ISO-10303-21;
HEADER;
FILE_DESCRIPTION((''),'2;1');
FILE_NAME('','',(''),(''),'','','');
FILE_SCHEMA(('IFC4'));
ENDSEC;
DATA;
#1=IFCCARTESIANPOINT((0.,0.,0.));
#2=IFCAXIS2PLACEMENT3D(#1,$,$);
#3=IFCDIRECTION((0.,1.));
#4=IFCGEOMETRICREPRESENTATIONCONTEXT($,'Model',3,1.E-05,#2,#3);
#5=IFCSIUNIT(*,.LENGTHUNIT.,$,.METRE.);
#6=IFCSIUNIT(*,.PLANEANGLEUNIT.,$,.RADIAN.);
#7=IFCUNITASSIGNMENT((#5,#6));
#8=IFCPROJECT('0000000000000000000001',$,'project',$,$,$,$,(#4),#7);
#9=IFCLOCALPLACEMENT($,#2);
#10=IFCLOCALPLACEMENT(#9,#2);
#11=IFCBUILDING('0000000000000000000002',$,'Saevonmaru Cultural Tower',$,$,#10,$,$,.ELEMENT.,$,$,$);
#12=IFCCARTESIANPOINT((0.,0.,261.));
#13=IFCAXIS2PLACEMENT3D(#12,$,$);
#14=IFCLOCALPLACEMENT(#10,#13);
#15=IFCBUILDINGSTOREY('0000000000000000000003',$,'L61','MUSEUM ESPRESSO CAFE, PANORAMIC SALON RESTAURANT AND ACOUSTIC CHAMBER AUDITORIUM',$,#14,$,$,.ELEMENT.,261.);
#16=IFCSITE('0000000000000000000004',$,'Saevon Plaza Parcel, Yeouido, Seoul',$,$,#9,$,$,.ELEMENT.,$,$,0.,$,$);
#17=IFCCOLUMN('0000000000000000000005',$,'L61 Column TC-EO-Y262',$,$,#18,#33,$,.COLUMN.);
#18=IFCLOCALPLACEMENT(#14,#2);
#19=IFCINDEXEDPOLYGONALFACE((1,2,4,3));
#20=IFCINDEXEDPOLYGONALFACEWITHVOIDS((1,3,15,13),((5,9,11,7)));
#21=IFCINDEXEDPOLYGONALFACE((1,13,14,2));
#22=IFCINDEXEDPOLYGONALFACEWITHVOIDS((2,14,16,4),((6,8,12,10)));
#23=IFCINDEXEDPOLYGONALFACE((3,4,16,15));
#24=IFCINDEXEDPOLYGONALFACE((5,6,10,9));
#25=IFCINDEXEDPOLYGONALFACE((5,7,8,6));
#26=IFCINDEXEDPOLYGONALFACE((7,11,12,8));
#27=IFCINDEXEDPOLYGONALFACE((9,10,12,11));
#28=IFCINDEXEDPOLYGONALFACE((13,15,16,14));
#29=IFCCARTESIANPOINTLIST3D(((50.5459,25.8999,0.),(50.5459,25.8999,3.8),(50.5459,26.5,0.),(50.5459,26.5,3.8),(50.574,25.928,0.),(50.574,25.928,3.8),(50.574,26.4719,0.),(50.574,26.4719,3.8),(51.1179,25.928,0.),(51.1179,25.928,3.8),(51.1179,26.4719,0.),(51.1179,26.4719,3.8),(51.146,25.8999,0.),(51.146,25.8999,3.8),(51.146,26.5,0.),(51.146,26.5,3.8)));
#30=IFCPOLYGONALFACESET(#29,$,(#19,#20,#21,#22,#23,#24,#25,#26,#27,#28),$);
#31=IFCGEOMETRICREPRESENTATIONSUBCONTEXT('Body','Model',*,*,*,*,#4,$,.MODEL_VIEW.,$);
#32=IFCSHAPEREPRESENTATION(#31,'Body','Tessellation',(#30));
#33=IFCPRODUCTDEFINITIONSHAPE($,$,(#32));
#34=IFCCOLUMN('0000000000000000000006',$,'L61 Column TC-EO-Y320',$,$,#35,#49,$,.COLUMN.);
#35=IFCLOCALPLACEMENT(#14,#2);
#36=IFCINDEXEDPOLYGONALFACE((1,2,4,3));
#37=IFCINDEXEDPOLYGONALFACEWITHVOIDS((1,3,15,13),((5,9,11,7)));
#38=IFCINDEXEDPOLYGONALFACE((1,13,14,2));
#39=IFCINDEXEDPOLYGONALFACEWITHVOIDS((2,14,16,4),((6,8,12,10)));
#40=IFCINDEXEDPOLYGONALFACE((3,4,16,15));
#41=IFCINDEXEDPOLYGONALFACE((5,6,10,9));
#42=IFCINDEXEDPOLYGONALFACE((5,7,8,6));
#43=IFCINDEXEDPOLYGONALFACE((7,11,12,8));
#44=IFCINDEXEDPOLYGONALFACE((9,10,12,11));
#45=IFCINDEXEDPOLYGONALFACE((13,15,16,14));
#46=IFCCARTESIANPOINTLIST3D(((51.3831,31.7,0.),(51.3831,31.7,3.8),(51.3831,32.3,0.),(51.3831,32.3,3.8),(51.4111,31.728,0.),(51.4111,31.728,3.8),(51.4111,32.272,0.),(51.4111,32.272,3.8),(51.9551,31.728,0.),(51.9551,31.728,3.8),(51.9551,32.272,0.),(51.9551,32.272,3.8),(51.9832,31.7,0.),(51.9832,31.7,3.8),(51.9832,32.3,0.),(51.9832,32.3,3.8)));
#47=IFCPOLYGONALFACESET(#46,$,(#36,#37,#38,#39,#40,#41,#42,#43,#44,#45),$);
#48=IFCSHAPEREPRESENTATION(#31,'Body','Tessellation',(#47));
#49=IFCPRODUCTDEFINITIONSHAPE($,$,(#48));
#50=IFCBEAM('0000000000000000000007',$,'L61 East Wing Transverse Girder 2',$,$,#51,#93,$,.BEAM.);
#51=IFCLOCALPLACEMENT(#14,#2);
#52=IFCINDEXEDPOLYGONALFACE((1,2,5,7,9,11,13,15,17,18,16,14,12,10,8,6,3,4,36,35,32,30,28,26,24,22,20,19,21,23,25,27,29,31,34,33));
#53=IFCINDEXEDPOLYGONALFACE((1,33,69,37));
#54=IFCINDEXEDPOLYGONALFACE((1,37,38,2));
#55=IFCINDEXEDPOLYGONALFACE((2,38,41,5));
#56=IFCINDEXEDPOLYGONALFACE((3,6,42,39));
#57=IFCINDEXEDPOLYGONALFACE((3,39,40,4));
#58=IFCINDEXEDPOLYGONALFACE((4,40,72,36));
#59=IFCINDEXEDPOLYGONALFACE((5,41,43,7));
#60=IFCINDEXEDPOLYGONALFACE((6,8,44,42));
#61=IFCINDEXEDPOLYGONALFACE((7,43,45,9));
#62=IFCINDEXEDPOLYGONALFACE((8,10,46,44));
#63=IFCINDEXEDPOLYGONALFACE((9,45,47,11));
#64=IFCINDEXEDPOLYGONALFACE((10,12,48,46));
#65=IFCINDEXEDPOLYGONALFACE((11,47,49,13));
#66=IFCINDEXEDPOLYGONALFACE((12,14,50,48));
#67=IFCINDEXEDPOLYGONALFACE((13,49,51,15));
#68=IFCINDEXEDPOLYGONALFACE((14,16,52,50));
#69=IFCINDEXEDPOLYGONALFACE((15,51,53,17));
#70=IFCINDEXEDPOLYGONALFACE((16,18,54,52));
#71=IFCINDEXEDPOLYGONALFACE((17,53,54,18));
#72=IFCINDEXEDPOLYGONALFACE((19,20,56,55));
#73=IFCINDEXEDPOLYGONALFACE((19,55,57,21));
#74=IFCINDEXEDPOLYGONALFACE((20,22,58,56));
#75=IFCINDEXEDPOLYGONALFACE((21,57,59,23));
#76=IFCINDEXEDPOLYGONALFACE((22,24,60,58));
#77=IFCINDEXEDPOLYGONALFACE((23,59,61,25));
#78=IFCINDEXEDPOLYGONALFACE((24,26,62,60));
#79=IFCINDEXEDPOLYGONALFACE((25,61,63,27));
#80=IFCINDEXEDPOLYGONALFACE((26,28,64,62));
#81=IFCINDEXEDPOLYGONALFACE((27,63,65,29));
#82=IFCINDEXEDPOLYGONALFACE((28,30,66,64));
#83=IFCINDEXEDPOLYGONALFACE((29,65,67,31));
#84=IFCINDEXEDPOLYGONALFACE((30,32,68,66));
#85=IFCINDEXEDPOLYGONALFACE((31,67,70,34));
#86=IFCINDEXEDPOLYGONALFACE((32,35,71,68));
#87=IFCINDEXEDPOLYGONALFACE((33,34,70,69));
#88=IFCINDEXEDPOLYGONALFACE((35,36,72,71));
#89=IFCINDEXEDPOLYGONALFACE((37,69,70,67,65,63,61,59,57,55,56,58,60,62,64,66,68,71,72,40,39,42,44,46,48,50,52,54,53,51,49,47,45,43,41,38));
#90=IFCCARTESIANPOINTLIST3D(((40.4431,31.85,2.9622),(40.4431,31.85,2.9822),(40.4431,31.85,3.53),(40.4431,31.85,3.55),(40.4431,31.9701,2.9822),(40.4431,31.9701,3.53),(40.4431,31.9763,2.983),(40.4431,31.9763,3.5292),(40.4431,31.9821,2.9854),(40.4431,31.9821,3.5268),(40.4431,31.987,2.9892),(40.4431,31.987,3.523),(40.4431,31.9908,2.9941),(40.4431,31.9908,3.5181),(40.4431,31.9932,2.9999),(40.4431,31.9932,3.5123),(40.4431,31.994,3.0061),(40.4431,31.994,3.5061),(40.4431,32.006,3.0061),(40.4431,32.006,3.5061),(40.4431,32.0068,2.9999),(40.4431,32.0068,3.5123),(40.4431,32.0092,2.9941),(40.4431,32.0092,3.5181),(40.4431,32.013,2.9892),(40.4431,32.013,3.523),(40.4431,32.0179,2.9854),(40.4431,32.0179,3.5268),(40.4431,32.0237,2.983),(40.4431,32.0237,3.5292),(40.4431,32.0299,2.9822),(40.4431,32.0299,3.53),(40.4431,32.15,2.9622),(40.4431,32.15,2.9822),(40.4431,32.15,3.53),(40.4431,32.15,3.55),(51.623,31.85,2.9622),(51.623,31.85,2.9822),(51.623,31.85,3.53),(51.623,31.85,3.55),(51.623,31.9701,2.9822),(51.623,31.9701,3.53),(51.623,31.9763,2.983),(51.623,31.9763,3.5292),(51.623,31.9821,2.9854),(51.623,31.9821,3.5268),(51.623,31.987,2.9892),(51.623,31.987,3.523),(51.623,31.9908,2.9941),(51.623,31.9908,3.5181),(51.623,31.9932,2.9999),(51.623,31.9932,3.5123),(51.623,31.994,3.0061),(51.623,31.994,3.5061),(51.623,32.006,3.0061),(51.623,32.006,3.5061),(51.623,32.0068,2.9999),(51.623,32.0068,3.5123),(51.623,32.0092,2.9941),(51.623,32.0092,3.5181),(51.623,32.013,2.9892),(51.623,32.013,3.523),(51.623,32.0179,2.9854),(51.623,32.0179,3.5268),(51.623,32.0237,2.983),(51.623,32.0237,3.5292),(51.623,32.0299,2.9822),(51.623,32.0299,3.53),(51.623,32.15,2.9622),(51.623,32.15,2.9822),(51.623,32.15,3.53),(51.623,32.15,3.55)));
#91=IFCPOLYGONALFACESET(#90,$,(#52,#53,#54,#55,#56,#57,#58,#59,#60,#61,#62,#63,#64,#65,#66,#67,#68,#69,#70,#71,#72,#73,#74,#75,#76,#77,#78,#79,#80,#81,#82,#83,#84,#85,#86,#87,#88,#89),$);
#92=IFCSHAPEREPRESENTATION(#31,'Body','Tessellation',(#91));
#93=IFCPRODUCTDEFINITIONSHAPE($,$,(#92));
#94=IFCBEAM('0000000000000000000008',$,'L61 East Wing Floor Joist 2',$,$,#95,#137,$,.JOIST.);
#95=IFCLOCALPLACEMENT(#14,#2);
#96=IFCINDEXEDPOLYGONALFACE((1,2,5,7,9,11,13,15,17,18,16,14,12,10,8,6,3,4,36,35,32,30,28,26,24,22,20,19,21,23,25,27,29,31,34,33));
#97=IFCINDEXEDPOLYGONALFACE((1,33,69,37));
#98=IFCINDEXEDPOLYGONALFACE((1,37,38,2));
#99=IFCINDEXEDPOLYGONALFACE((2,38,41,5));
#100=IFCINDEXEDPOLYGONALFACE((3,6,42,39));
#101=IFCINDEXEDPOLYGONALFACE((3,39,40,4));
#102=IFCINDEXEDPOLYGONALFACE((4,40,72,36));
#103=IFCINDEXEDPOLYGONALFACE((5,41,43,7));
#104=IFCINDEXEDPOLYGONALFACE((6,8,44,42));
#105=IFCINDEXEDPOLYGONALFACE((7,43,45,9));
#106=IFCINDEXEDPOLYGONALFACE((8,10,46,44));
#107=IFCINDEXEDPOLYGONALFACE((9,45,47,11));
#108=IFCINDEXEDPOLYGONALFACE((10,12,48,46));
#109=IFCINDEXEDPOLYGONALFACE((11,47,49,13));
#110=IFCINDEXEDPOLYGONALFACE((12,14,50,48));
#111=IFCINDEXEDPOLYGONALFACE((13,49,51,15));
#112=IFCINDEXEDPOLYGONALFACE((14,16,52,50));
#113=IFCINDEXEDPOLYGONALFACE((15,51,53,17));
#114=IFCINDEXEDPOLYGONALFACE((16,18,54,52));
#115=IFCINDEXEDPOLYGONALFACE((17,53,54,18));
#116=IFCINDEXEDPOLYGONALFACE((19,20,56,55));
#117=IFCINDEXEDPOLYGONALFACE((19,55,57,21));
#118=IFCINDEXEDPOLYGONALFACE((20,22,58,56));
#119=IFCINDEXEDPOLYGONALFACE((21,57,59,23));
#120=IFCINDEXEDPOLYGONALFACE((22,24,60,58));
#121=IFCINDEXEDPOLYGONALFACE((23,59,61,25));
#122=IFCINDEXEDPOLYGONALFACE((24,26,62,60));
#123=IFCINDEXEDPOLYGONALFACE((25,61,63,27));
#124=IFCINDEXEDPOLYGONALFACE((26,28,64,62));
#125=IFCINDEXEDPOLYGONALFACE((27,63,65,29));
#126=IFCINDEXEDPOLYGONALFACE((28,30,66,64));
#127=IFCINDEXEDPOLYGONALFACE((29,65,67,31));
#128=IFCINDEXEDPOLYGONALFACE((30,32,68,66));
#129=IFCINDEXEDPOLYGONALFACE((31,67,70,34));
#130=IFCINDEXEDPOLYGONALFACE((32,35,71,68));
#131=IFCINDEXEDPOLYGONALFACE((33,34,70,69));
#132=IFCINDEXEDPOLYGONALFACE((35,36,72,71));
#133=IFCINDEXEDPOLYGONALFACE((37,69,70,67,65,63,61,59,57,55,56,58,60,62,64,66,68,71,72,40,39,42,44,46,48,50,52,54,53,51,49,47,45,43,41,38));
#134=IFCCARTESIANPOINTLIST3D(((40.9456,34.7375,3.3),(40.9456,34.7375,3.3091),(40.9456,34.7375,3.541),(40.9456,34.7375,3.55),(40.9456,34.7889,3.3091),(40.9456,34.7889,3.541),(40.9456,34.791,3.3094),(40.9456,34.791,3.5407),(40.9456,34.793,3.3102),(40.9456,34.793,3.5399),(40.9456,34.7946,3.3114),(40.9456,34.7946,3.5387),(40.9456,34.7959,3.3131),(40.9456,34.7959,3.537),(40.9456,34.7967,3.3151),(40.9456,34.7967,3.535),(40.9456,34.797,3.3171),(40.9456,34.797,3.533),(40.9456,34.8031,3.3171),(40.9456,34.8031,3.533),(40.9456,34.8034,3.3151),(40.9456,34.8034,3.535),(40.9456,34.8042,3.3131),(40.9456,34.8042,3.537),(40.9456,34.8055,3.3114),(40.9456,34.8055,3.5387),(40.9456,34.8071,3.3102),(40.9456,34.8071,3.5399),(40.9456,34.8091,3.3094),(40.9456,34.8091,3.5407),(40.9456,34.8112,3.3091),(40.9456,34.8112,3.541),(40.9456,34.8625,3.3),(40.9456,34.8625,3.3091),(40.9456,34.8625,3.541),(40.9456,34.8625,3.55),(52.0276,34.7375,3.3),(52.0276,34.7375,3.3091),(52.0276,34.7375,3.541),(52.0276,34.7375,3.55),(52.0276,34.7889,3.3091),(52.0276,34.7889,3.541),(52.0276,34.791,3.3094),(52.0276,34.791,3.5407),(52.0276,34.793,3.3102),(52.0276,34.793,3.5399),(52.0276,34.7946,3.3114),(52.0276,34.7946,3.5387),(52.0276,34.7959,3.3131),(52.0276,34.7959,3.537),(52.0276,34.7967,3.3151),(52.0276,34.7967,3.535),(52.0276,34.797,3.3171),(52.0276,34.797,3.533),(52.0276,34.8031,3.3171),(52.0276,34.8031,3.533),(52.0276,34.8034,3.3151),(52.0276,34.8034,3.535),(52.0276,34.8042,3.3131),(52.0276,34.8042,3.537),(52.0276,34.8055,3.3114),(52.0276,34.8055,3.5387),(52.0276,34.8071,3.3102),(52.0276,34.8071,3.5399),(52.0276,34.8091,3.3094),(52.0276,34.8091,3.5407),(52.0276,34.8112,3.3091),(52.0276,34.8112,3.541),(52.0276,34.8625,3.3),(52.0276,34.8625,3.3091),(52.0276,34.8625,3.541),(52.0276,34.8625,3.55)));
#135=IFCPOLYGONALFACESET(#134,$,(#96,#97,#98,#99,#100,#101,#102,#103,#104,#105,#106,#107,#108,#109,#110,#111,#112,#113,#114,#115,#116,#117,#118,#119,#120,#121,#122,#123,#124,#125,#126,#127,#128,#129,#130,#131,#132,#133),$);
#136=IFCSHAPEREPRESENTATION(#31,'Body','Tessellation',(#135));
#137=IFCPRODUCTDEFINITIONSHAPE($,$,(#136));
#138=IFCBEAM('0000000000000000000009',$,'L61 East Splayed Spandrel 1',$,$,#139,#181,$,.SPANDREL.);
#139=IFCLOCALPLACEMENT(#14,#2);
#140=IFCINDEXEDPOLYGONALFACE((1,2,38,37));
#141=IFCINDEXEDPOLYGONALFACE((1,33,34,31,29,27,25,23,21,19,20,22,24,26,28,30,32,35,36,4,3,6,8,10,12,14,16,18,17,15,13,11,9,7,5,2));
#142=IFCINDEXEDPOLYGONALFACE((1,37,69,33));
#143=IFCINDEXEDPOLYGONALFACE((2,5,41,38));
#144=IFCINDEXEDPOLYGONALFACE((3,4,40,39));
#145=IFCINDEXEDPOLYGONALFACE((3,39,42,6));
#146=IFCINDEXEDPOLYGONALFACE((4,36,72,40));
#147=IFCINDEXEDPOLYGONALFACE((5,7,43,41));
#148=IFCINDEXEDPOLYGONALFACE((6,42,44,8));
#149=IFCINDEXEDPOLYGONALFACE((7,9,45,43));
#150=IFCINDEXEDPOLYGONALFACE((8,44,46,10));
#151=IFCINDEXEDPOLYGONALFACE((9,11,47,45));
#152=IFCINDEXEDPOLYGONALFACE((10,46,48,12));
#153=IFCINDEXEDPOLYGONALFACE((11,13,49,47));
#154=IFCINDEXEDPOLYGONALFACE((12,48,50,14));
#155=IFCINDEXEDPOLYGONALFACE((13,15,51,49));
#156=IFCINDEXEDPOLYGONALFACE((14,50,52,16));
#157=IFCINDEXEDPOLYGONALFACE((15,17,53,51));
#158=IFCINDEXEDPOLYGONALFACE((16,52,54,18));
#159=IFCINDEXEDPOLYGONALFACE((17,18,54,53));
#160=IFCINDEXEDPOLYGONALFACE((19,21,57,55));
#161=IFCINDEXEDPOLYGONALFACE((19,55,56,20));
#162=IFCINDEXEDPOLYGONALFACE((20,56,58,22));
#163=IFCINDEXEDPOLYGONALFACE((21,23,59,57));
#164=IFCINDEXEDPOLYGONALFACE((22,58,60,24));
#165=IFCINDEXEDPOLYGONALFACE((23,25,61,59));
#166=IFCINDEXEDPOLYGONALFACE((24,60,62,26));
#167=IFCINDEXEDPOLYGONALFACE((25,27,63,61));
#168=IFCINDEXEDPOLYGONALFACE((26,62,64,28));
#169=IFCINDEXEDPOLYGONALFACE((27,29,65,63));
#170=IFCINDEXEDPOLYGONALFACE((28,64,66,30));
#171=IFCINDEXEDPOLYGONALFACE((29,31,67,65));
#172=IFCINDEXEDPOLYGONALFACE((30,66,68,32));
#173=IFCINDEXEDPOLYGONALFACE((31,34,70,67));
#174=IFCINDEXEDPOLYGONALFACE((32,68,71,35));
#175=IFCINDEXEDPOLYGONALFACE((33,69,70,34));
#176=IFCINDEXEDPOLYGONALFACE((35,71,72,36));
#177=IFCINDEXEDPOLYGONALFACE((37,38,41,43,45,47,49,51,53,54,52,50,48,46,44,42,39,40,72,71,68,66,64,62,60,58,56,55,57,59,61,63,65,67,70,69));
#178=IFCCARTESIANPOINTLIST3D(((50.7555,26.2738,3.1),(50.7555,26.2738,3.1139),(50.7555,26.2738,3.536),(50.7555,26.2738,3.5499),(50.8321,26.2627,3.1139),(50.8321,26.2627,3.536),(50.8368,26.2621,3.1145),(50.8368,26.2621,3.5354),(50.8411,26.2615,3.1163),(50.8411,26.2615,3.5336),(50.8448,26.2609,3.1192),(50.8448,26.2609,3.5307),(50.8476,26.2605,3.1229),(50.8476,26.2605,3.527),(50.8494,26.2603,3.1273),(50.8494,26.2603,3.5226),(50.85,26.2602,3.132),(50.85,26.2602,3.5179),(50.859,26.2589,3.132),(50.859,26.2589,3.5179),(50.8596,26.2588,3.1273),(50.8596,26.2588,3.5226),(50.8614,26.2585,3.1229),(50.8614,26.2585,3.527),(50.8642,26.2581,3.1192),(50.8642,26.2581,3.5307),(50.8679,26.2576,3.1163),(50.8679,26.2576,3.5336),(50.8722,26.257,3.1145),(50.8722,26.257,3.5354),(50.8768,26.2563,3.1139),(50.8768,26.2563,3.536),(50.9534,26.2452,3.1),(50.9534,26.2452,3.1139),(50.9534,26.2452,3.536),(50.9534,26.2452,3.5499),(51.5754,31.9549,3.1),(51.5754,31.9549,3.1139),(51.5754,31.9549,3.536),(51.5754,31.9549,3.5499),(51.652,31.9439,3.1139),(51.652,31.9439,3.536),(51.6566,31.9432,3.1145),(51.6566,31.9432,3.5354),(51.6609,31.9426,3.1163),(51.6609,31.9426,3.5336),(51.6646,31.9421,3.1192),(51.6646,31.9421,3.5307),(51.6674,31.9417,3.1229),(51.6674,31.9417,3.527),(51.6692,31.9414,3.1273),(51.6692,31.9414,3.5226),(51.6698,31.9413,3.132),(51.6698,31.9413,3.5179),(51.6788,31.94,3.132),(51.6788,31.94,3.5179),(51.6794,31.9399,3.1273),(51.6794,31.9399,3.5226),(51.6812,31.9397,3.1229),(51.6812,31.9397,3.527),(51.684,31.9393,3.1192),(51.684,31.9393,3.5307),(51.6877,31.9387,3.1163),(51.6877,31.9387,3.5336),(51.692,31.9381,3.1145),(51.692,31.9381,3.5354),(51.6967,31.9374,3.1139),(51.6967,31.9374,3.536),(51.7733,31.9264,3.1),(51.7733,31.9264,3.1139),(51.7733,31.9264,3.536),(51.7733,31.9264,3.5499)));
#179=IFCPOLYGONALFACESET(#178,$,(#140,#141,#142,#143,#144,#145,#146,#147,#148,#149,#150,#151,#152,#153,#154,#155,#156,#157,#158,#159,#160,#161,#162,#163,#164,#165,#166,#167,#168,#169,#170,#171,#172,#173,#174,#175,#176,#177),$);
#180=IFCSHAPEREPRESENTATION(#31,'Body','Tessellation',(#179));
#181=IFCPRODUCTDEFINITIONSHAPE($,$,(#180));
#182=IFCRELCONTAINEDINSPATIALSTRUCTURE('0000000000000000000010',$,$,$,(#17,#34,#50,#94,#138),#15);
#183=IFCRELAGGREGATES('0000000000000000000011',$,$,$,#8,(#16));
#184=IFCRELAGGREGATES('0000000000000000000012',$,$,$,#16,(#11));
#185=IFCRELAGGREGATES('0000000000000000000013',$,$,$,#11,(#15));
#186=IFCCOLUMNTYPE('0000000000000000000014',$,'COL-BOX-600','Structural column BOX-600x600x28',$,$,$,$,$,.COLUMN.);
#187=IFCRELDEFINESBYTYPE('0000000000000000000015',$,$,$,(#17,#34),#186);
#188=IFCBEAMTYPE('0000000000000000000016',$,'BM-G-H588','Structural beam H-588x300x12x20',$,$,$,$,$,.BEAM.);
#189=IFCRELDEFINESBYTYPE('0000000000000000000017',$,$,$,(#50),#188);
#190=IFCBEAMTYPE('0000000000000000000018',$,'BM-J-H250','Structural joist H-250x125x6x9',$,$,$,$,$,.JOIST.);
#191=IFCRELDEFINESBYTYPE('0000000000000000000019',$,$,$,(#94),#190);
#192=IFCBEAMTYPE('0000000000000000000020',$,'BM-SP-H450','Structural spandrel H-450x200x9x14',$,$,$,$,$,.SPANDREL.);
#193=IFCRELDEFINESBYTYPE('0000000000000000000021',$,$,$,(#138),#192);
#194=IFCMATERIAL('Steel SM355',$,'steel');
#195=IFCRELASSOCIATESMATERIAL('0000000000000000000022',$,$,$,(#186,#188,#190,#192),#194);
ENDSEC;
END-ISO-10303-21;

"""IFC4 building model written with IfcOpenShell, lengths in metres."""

from ifc_helpers import new_model, si_unit, direction, frame, origin, origin_2d, place, context, subcontext, project, spatial, hollow_rectangle, i_section, extrude, material, material_profile, profile_set, type_object, element, save


model = new_model("IFC4")

# Units and contexts
model_context = context("Model", 3, precision=1e-05, world=origin(), true_north=direction((0.0, 1.0)))
body_context = subcontext(model_context, "Body", "Model", "MODEL_VIEW")
ifc_project = project(units=[si_unit("LENGTHUNIT", "METRE"), si_unit("PLANEANGLEUNIT", "RADIAN")], contexts=[model_context])

# Site, building, storey
site_placement = place(None, origin())
site = spatial("IfcSite", under=ifc_project, at=site_placement, Name="Saevon Plaza Parcel, Yeouido, Seoul", CompositionType="ELEMENT", RefElevation=0.0)
building_placement = place(site_placement, origin())
building = spatial("IfcBuilding", under=site, at=building_placement, Name="Saevonmaru Cultural Tower", CompositionType="ELEMENT")
storey_placement = place(building_placement, frame((0.0, 0.0, 261.0)))
storey = spatial("IfcBuildingStorey", under=building, at=storey_placement, Name="L61", Description="MUSEUM ESPRESSO CAFE, PANORAMIC SALON RESTAURANT AND ACOUSTIC CHAMBER AUDITORIUM", CompositionType="ELEMENT", Elevation=261.0)

# Columns
ifc_material_1 = material(Name="Steel SM355", Category="steel")
ifc_material_profile_1 = material_profile(ifc_material_1, hollow_rectangle(XDim=0.6001, YDim=0.6001, WallThickness=0.0281, at=origin_2d()), Name="BOX-600x600x28")
ifc_profile_set_1 = profile_set([ifc_material_profile_1], Name="Steel SM355")
column_type = type_object("IfcColumnType", Name="COL-BOX-600", Description="Structural column BOX-600x600x28", PredefinedType="COLUMN", material=ifc_profile_set_1)
for number, where, z_axis, x_axis, name in (
    (1, (50.8459, 26.2, 0.0), (0.0, 0.0, 1.0), (1.0, 0.0, 0.0), "L61 Column TC-EO-Y262"),
    (2, (51.6831, 32.0, 0.0), (0.0, 0.0, 1.0), (1.0, 0.0, 0.0), "L61 Column TC-EO-Y320"),
):
    element("IfcColumn", number, at=place(storey_placement, frame(where, z_axis=z_axis, x_axis=x_axis)), inside=storey, type_object=column_type, Name=name, PredefinedType="COLUMN", context=body_context, shape_type="SweptSolid", body=[
        extrude(hollow_rectangle(XDim=0.6001, YDim=0.6001, WallThickness=0.0281, at=origin_2d()), origin(), (0.0, 0.0, 1.0), 3.8),
    ])

# Beams
ifc_material_profile_2 = material_profile(ifc_material_1, i_section(OverallWidth=0.3, OverallDepth=0.5879, WebThickness=0.012, FlangeThickness=0.02, FilletRadius=0.0239, at=origin_2d()), Name="H-588x300x12x20")
ifc_profile_set_2 = profile_set([ifc_material_profile_2], Name="Steel SM355")
beam_type_1 = type_object("IfcBeamType", Name="BM-G-H588", Description="Structural beam H-588x300x12x20", PredefinedType="BEAM", material=ifc_profile_set_2)
beam_1_placement = place(storey_placement, frame((40.4431, 32.0, 3.2561), z_axis=(1.0, 0.0, 0.0), x_axis=(0.0, 1.0, 0.0)))
element("IfcBeam", 3, at=beam_1_placement, inside=storey, type_object=beam_type_1, Name="L61 East Wing Transverse Girder 2", PredefinedType="BEAM", context=body_context, shape_type="SweptSolid", body=[
    extrude(i_section(OverallWidth=0.3, OverallDepth=0.5879, WebThickness=0.012, FlangeThickness=0.02, FilletRadius=0.0239, at=origin_2d()), origin(), (0.0, 0.0, 1.0), 11.1799),
])
ifc_material_profile_3 = material_profile(ifc_material_1, i_section(OverallWidth=0.125, OverallDepth=0.25, WebThickness=0.0061, FlangeThickness=0.009, FilletRadius=0.0081, at=origin_2d()), Name="H-250x125x6x9")
ifc_profile_set_3 = profile_set([ifc_material_profile_3], Name="Steel SM355")
beam_type_2 = type_object("IfcBeamType", Name="BM-J-H250", Description="Structural joist H-250x125x6x9", PredefinedType="JOIST", material=ifc_profile_set_3)
beam_2_placement = place(storey_placement, frame((40.9456, 34.8, 3.425), z_axis=(1.0, 0.0, 0.0), x_axis=(0.0, 1.0, 0.0)))
element("IfcBeam", 4, at=beam_2_placement, inside=storey, type_object=beam_type_2, Name="L61 East Wing Floor Joist 2", PredefinedType="JOIST", context=body_context, shape_type="SweptSolid", body=[
    extrude(i_section(OverallWidth=0.125, OverallDepth=0.25, WebThickness=0.0061, FlangeThickness=0.009, FilletRadius=0.0081, at=origin_2d()), origin(), (0.0, 0.0, 1.0), 11.082),
])
ifc_material_profile_4 = material_profile(ifc_material_1, i_section(OverallWidth=0.2, OverallDepth=0.45, WebThickness=0.009, FlangeThickness=0.0139, FilletRadius=0.0181, at=origin_2d()), Name="H-450x200x9x14")
ifc_profile_set_4 = profile_set([ifc_material_profile_4], Name="Steel SM355")
beam_type_3 = type_object("IfcBeamType", Name="BM-SP-H450", Description="Structural spandrel H-450x200x9x14", PredefinedType="SPANDREL", material=ifc_profile_set_4)
beam_3_placement = place(storey_placement, frame((50.8545, 26.2595, 3.325), z_axis=(0.142827, 0.989748, 0.0), x_axis=(-0.989748, 0.142827, 0.0)))
element("IfcBeam", 5, at=beam_3_placement, inside=storey, type_object=beam_type_3, Name="L61 East Splayed Spandrel 1", PredefinedType="SPANDREL", context=body_context, shape_type="SweptSolid", body=[
    extrude(i_section(OverallWidth=0.2, OverallDepth=0.45, WebThickness=0.009, FlangeThickness=0.0139, FilletRadius=0.0181, at=origin_2d()), origin(), (0.0, 0.0, 1.0), 5.74),
])

save(model, "model.ifc")
